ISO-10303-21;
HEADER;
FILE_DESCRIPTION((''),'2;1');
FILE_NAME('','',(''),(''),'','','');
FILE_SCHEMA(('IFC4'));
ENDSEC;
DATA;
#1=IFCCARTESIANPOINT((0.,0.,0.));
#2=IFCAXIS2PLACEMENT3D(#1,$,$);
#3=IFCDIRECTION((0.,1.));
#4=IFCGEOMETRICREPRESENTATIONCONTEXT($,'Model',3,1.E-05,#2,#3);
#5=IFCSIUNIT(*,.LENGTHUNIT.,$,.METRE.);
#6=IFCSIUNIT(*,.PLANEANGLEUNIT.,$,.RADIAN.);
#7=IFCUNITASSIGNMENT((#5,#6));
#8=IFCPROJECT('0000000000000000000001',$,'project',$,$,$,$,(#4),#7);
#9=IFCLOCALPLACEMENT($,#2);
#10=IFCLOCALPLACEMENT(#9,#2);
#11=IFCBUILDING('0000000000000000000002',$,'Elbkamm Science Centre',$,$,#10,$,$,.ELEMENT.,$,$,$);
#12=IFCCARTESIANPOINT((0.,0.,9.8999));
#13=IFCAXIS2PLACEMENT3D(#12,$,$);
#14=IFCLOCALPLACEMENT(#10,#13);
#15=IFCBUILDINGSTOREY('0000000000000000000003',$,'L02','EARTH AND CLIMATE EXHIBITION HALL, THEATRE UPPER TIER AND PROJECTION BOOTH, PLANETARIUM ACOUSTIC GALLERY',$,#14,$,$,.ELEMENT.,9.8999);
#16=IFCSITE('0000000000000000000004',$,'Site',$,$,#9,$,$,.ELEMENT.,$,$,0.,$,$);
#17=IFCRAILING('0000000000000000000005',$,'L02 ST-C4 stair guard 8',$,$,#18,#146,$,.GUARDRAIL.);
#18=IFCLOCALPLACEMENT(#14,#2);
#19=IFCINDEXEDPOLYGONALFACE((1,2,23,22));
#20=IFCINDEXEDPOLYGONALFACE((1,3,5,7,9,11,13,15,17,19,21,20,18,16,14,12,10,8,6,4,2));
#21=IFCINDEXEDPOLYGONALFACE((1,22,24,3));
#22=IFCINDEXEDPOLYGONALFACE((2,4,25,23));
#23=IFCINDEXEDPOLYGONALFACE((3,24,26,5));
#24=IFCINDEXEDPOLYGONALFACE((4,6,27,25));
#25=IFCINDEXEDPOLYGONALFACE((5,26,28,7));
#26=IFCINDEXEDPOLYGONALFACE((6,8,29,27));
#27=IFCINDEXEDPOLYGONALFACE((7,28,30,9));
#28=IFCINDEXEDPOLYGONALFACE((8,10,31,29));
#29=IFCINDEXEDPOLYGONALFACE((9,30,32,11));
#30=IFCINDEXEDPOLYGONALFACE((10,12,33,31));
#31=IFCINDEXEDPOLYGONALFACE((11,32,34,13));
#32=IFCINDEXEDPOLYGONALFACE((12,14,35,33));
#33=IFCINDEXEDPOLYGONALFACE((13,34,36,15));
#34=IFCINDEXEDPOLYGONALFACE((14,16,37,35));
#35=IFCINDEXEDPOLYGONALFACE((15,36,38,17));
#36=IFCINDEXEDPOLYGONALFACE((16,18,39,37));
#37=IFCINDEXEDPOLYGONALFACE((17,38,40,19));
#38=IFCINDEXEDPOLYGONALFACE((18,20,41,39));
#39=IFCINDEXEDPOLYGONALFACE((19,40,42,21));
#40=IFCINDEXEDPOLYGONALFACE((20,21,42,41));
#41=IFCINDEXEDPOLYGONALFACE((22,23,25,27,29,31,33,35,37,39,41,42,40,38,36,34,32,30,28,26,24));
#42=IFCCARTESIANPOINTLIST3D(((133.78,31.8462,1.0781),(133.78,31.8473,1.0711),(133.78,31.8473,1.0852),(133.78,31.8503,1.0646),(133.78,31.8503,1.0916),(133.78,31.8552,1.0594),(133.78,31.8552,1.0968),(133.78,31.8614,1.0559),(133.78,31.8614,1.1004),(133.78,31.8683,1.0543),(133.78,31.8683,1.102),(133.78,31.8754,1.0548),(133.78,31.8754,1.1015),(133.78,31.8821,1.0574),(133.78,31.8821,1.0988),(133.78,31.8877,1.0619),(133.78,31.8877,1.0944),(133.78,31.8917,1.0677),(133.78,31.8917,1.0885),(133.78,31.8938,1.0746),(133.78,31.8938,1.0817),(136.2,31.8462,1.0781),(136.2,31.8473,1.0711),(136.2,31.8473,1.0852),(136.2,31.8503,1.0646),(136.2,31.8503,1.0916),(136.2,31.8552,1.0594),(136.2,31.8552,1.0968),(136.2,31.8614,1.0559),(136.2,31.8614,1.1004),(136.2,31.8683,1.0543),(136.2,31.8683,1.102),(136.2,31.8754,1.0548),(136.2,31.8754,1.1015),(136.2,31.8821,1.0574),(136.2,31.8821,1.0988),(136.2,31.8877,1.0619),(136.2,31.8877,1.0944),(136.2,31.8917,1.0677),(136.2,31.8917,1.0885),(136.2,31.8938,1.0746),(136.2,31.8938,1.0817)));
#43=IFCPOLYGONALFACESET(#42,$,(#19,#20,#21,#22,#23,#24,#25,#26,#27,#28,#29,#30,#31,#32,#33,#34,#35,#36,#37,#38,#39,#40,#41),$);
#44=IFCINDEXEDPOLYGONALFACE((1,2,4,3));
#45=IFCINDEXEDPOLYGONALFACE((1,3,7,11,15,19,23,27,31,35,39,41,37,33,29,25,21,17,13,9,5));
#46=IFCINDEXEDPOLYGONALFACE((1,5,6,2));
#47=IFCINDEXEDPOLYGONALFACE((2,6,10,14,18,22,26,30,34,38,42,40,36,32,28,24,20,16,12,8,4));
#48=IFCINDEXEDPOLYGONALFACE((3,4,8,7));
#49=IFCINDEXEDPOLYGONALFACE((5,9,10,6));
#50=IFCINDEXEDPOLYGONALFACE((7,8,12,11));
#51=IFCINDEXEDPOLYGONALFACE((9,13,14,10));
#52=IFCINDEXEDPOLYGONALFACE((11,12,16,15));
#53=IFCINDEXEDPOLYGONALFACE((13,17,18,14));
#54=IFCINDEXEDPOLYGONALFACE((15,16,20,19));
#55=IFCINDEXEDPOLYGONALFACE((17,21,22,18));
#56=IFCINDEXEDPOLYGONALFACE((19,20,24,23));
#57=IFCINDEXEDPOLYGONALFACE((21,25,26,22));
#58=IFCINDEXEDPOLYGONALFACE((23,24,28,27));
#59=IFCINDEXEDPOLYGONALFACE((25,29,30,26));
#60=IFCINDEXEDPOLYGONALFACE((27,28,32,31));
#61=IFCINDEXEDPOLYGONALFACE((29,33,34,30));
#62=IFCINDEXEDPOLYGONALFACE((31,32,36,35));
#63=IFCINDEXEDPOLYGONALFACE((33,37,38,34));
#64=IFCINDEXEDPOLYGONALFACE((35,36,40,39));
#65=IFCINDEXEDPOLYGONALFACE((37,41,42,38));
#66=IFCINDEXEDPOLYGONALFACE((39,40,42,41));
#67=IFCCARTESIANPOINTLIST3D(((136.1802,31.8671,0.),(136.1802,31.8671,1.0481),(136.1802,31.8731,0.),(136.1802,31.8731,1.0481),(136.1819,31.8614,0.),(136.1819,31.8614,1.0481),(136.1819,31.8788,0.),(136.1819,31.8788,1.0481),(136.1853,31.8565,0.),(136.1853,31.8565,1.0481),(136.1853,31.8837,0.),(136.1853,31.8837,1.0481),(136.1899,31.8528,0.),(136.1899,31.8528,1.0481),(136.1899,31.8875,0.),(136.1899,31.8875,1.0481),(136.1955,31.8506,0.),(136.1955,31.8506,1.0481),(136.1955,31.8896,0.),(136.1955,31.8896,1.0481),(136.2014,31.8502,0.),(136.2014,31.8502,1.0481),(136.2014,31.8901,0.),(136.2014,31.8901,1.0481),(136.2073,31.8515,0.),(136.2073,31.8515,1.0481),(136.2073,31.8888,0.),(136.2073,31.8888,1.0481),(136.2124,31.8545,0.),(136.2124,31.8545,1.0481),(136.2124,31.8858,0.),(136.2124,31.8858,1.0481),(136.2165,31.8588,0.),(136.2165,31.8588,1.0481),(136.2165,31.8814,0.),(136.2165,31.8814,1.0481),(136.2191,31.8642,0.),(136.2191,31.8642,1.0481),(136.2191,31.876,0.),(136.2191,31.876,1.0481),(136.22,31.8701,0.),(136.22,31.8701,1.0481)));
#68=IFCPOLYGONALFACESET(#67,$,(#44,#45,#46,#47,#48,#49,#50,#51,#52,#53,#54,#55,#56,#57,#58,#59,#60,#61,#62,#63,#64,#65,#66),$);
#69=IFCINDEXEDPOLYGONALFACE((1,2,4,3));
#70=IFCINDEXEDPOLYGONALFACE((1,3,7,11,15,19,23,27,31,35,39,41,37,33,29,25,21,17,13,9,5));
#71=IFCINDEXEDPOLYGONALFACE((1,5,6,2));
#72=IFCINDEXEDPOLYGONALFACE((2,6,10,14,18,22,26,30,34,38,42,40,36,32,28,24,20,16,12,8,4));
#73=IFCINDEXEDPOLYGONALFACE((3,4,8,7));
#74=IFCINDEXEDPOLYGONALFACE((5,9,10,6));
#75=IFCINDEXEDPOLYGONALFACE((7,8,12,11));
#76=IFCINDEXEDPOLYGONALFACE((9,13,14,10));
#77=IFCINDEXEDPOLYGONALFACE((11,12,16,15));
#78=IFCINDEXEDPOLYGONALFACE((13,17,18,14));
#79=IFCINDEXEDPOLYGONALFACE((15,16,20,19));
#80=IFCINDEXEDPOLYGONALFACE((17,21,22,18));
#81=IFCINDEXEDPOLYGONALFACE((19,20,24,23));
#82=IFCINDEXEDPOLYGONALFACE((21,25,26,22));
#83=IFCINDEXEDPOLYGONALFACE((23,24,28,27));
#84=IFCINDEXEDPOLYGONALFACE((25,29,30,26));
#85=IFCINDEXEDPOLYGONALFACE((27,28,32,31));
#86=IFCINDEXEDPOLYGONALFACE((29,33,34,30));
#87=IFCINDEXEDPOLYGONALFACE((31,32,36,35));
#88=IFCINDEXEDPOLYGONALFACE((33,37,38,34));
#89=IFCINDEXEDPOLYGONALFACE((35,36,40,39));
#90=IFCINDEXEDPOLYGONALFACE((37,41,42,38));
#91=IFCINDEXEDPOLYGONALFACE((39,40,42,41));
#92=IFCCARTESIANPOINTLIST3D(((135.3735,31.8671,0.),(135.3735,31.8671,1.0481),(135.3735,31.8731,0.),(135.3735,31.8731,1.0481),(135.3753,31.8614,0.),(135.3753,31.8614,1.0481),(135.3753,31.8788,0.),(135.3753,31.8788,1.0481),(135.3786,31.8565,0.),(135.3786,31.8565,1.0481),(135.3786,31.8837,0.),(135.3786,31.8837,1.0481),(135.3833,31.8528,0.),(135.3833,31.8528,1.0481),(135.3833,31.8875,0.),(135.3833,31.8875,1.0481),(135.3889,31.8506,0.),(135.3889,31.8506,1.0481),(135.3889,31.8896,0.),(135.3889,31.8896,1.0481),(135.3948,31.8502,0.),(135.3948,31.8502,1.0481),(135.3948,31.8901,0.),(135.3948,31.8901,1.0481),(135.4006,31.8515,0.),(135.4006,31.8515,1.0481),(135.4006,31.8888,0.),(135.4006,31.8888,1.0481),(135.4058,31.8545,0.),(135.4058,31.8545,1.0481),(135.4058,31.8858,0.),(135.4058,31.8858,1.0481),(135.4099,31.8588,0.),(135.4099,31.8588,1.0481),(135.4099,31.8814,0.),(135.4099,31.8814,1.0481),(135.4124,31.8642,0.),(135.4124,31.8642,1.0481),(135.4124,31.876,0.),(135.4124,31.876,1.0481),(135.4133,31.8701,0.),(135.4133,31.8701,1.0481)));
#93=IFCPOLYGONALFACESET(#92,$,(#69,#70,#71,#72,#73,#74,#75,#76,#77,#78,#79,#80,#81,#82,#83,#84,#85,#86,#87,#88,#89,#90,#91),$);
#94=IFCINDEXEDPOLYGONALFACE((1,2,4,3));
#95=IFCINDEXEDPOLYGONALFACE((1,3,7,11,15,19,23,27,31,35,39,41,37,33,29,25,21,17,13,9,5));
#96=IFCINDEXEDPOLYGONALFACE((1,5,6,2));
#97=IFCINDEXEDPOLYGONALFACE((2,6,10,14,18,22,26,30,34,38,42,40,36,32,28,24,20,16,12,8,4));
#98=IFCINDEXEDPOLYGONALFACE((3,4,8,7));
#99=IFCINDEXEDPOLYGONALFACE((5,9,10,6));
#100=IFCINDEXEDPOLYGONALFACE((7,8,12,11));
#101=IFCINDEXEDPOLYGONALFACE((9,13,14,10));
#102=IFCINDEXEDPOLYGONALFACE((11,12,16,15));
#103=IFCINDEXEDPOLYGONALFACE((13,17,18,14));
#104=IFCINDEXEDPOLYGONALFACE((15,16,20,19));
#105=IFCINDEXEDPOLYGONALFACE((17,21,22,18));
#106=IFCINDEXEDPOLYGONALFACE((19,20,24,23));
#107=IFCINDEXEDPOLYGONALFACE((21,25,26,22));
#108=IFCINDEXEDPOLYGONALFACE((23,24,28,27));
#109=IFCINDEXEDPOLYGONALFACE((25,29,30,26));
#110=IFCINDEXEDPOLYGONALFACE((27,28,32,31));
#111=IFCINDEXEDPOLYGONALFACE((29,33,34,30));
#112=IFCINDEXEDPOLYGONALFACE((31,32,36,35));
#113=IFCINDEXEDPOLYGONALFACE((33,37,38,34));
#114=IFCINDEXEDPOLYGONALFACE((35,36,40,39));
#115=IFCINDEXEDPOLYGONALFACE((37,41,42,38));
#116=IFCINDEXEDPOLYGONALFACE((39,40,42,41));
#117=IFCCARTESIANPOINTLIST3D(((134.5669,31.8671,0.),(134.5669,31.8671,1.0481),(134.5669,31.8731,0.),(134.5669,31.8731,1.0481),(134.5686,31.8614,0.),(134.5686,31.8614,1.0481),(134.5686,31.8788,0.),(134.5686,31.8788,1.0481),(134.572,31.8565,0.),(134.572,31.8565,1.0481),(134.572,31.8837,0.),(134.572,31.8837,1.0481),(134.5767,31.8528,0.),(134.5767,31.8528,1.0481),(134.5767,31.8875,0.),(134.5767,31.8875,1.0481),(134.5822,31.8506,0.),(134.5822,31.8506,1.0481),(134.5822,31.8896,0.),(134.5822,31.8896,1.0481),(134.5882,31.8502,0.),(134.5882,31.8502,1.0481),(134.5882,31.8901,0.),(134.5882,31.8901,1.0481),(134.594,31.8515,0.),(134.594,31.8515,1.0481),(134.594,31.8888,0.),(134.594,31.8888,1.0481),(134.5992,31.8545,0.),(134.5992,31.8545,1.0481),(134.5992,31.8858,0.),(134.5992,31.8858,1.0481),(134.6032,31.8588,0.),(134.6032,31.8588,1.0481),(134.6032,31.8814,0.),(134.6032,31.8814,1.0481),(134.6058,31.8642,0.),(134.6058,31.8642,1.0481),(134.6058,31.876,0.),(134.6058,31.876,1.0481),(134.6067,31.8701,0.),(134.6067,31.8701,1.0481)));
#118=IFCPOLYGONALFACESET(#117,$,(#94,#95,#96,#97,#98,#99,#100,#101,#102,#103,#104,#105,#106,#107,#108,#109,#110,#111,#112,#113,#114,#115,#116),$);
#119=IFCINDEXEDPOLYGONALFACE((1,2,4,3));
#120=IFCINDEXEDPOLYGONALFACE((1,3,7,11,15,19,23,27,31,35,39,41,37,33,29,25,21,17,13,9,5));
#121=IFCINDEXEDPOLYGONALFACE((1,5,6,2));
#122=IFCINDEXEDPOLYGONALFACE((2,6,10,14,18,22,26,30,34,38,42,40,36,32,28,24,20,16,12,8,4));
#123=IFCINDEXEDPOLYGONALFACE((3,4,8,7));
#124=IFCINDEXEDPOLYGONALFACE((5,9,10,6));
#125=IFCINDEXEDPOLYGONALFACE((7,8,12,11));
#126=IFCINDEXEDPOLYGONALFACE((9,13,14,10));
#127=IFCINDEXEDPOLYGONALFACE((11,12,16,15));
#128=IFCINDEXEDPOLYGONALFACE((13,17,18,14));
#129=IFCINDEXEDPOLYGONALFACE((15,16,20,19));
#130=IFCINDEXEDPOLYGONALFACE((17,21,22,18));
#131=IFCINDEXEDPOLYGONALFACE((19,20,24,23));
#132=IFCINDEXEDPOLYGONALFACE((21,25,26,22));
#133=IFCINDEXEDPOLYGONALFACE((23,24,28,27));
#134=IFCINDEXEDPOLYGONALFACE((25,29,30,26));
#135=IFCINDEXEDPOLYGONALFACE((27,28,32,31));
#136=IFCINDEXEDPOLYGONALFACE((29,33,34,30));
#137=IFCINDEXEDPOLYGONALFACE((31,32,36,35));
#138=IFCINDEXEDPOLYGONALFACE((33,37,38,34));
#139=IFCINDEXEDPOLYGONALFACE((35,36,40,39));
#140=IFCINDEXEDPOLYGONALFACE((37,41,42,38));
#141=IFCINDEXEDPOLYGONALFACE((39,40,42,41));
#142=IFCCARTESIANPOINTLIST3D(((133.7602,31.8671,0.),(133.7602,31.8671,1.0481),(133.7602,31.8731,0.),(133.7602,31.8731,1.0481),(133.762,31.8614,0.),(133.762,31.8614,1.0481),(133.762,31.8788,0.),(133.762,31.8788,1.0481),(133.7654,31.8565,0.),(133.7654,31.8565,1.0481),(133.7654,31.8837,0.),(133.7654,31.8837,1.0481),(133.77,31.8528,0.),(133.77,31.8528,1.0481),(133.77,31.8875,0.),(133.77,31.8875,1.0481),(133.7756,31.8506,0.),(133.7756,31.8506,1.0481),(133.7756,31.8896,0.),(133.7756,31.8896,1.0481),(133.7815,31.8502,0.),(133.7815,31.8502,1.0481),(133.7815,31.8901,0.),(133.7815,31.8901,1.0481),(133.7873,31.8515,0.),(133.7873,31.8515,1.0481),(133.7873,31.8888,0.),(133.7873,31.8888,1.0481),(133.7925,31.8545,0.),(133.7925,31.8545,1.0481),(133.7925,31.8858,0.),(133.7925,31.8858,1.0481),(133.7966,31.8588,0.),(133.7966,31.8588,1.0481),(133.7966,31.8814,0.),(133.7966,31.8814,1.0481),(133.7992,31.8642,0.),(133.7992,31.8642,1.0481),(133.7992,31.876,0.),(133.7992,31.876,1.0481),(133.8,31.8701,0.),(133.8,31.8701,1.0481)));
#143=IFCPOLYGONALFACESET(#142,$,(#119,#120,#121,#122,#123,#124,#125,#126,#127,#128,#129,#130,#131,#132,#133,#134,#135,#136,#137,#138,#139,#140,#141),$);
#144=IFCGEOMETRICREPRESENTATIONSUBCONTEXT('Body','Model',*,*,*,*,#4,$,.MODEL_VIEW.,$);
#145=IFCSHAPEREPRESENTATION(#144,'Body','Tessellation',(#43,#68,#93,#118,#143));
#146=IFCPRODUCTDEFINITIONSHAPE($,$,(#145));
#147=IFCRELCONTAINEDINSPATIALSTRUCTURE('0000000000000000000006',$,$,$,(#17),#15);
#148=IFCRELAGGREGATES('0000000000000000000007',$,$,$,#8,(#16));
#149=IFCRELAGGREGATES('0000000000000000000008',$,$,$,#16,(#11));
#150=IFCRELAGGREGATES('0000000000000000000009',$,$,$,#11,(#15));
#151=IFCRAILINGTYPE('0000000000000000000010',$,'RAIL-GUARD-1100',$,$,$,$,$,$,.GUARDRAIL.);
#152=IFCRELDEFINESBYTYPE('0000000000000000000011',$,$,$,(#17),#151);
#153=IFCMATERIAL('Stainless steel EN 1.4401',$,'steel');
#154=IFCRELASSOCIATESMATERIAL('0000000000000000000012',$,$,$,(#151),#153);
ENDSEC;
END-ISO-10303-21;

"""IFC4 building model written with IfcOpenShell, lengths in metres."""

from ifc_helpers import new_model, si_unit, direction, frame, origin, origin_2d, place, context, subcontext, project, spatial, circle, extrude, material, type_object, element, save


model = new_model("IFC4")

# Units and contexts
model_context = context("Model", 3, precision=1e-05, world=origin(), true_north=direction((0.0, 1.0)))
body_context = subcontext(model_context, "Body", "Model", "MODEL_VIEW")
ifc_project = project(units=[si_unit("LENGTHUNIT", "METRE"), si_unit("PLANEANGLEUNIT", "RADIAN")], contexts=[model_context])

# Site, building, storey
site_placement = place(None, origin())
site = spatial("IfcSite", under=ifc_project, at=site_placement, Name="Site", CompositionType="ELEMENT", RefElevation=0.0)
building_placement = place(site_placement, origin())
building = spatial("IfcBuilding", under=site, at=building_placement, Name="Elbkamm Science Centre", CompositionType="ELEMENT")
storey_placement = place(building_placement, frame((0.0, 0.0, 9.8999)))
storey = spatial("IfcBuildingStorey", under=building, at=storey_placement, Name="L02", Description="EARTH AND CLIMATE EXHIBITION HALL, THEATRE UPPER TIER AND PROJECTION BOOTH, PLANETARIUM ACOUSTIC GALLERY", CompositionType="ELEMENT", Elevation=9.8999)

# Railing
ifc_material_1 = material(Name="Stainless steel EN 1.4401", Category="steel")
railing_type_1 = type_object("IfcRailingType", Name="RAIL-GUARD-1100", PredefinedType="GUARDRAIL", material=ifc_material_1)
railing_1_placement = place(storey_placement, frame((136.2, 31.8701, 0.0)))
element("IfcRailing", 1, at=railing_1_placement, inside=storey, type_object=railing_type_1, Name="L02 ST-C4 stair guard 8", PredefinedType="GUARDRAIL", context=body_context, shape_type="SweptSolid", body=[
    extrude(circle(Radius=0.0239, at=origin_2d()), frame((0.0, 0.0, 1.0781), z_axis=(-1.0, 0.0, 0.0), x_axis=(0.0, -1.0, 0.0)), (0.0, 0.0, 1.0), 2.4199),
    extrude(circle(Radius=0.02, at=origin_2d()), origin(), (0.0, 0.0, 1.0), 1.0481),
    extrude(circle(Radius=0.02, at=origin_2d()), frame((-0.8066, 0.0, 0.0)), (0.0, 0.0, 1.0), 1.0481),
    extrude(circle(Radius=0.02, at=origin_2d()), frame((-1.6133, 0.0, 0.0)), (0.0, 0.0, 1.0), 1.0481),
    extrude(circle(Radius=0.02, at=origin_2d()), frame((-2.4199, 0.0, 0.0)), (0.0, 0.0, 1.0), 1.0481),
])

save(model, "model.ifc")
